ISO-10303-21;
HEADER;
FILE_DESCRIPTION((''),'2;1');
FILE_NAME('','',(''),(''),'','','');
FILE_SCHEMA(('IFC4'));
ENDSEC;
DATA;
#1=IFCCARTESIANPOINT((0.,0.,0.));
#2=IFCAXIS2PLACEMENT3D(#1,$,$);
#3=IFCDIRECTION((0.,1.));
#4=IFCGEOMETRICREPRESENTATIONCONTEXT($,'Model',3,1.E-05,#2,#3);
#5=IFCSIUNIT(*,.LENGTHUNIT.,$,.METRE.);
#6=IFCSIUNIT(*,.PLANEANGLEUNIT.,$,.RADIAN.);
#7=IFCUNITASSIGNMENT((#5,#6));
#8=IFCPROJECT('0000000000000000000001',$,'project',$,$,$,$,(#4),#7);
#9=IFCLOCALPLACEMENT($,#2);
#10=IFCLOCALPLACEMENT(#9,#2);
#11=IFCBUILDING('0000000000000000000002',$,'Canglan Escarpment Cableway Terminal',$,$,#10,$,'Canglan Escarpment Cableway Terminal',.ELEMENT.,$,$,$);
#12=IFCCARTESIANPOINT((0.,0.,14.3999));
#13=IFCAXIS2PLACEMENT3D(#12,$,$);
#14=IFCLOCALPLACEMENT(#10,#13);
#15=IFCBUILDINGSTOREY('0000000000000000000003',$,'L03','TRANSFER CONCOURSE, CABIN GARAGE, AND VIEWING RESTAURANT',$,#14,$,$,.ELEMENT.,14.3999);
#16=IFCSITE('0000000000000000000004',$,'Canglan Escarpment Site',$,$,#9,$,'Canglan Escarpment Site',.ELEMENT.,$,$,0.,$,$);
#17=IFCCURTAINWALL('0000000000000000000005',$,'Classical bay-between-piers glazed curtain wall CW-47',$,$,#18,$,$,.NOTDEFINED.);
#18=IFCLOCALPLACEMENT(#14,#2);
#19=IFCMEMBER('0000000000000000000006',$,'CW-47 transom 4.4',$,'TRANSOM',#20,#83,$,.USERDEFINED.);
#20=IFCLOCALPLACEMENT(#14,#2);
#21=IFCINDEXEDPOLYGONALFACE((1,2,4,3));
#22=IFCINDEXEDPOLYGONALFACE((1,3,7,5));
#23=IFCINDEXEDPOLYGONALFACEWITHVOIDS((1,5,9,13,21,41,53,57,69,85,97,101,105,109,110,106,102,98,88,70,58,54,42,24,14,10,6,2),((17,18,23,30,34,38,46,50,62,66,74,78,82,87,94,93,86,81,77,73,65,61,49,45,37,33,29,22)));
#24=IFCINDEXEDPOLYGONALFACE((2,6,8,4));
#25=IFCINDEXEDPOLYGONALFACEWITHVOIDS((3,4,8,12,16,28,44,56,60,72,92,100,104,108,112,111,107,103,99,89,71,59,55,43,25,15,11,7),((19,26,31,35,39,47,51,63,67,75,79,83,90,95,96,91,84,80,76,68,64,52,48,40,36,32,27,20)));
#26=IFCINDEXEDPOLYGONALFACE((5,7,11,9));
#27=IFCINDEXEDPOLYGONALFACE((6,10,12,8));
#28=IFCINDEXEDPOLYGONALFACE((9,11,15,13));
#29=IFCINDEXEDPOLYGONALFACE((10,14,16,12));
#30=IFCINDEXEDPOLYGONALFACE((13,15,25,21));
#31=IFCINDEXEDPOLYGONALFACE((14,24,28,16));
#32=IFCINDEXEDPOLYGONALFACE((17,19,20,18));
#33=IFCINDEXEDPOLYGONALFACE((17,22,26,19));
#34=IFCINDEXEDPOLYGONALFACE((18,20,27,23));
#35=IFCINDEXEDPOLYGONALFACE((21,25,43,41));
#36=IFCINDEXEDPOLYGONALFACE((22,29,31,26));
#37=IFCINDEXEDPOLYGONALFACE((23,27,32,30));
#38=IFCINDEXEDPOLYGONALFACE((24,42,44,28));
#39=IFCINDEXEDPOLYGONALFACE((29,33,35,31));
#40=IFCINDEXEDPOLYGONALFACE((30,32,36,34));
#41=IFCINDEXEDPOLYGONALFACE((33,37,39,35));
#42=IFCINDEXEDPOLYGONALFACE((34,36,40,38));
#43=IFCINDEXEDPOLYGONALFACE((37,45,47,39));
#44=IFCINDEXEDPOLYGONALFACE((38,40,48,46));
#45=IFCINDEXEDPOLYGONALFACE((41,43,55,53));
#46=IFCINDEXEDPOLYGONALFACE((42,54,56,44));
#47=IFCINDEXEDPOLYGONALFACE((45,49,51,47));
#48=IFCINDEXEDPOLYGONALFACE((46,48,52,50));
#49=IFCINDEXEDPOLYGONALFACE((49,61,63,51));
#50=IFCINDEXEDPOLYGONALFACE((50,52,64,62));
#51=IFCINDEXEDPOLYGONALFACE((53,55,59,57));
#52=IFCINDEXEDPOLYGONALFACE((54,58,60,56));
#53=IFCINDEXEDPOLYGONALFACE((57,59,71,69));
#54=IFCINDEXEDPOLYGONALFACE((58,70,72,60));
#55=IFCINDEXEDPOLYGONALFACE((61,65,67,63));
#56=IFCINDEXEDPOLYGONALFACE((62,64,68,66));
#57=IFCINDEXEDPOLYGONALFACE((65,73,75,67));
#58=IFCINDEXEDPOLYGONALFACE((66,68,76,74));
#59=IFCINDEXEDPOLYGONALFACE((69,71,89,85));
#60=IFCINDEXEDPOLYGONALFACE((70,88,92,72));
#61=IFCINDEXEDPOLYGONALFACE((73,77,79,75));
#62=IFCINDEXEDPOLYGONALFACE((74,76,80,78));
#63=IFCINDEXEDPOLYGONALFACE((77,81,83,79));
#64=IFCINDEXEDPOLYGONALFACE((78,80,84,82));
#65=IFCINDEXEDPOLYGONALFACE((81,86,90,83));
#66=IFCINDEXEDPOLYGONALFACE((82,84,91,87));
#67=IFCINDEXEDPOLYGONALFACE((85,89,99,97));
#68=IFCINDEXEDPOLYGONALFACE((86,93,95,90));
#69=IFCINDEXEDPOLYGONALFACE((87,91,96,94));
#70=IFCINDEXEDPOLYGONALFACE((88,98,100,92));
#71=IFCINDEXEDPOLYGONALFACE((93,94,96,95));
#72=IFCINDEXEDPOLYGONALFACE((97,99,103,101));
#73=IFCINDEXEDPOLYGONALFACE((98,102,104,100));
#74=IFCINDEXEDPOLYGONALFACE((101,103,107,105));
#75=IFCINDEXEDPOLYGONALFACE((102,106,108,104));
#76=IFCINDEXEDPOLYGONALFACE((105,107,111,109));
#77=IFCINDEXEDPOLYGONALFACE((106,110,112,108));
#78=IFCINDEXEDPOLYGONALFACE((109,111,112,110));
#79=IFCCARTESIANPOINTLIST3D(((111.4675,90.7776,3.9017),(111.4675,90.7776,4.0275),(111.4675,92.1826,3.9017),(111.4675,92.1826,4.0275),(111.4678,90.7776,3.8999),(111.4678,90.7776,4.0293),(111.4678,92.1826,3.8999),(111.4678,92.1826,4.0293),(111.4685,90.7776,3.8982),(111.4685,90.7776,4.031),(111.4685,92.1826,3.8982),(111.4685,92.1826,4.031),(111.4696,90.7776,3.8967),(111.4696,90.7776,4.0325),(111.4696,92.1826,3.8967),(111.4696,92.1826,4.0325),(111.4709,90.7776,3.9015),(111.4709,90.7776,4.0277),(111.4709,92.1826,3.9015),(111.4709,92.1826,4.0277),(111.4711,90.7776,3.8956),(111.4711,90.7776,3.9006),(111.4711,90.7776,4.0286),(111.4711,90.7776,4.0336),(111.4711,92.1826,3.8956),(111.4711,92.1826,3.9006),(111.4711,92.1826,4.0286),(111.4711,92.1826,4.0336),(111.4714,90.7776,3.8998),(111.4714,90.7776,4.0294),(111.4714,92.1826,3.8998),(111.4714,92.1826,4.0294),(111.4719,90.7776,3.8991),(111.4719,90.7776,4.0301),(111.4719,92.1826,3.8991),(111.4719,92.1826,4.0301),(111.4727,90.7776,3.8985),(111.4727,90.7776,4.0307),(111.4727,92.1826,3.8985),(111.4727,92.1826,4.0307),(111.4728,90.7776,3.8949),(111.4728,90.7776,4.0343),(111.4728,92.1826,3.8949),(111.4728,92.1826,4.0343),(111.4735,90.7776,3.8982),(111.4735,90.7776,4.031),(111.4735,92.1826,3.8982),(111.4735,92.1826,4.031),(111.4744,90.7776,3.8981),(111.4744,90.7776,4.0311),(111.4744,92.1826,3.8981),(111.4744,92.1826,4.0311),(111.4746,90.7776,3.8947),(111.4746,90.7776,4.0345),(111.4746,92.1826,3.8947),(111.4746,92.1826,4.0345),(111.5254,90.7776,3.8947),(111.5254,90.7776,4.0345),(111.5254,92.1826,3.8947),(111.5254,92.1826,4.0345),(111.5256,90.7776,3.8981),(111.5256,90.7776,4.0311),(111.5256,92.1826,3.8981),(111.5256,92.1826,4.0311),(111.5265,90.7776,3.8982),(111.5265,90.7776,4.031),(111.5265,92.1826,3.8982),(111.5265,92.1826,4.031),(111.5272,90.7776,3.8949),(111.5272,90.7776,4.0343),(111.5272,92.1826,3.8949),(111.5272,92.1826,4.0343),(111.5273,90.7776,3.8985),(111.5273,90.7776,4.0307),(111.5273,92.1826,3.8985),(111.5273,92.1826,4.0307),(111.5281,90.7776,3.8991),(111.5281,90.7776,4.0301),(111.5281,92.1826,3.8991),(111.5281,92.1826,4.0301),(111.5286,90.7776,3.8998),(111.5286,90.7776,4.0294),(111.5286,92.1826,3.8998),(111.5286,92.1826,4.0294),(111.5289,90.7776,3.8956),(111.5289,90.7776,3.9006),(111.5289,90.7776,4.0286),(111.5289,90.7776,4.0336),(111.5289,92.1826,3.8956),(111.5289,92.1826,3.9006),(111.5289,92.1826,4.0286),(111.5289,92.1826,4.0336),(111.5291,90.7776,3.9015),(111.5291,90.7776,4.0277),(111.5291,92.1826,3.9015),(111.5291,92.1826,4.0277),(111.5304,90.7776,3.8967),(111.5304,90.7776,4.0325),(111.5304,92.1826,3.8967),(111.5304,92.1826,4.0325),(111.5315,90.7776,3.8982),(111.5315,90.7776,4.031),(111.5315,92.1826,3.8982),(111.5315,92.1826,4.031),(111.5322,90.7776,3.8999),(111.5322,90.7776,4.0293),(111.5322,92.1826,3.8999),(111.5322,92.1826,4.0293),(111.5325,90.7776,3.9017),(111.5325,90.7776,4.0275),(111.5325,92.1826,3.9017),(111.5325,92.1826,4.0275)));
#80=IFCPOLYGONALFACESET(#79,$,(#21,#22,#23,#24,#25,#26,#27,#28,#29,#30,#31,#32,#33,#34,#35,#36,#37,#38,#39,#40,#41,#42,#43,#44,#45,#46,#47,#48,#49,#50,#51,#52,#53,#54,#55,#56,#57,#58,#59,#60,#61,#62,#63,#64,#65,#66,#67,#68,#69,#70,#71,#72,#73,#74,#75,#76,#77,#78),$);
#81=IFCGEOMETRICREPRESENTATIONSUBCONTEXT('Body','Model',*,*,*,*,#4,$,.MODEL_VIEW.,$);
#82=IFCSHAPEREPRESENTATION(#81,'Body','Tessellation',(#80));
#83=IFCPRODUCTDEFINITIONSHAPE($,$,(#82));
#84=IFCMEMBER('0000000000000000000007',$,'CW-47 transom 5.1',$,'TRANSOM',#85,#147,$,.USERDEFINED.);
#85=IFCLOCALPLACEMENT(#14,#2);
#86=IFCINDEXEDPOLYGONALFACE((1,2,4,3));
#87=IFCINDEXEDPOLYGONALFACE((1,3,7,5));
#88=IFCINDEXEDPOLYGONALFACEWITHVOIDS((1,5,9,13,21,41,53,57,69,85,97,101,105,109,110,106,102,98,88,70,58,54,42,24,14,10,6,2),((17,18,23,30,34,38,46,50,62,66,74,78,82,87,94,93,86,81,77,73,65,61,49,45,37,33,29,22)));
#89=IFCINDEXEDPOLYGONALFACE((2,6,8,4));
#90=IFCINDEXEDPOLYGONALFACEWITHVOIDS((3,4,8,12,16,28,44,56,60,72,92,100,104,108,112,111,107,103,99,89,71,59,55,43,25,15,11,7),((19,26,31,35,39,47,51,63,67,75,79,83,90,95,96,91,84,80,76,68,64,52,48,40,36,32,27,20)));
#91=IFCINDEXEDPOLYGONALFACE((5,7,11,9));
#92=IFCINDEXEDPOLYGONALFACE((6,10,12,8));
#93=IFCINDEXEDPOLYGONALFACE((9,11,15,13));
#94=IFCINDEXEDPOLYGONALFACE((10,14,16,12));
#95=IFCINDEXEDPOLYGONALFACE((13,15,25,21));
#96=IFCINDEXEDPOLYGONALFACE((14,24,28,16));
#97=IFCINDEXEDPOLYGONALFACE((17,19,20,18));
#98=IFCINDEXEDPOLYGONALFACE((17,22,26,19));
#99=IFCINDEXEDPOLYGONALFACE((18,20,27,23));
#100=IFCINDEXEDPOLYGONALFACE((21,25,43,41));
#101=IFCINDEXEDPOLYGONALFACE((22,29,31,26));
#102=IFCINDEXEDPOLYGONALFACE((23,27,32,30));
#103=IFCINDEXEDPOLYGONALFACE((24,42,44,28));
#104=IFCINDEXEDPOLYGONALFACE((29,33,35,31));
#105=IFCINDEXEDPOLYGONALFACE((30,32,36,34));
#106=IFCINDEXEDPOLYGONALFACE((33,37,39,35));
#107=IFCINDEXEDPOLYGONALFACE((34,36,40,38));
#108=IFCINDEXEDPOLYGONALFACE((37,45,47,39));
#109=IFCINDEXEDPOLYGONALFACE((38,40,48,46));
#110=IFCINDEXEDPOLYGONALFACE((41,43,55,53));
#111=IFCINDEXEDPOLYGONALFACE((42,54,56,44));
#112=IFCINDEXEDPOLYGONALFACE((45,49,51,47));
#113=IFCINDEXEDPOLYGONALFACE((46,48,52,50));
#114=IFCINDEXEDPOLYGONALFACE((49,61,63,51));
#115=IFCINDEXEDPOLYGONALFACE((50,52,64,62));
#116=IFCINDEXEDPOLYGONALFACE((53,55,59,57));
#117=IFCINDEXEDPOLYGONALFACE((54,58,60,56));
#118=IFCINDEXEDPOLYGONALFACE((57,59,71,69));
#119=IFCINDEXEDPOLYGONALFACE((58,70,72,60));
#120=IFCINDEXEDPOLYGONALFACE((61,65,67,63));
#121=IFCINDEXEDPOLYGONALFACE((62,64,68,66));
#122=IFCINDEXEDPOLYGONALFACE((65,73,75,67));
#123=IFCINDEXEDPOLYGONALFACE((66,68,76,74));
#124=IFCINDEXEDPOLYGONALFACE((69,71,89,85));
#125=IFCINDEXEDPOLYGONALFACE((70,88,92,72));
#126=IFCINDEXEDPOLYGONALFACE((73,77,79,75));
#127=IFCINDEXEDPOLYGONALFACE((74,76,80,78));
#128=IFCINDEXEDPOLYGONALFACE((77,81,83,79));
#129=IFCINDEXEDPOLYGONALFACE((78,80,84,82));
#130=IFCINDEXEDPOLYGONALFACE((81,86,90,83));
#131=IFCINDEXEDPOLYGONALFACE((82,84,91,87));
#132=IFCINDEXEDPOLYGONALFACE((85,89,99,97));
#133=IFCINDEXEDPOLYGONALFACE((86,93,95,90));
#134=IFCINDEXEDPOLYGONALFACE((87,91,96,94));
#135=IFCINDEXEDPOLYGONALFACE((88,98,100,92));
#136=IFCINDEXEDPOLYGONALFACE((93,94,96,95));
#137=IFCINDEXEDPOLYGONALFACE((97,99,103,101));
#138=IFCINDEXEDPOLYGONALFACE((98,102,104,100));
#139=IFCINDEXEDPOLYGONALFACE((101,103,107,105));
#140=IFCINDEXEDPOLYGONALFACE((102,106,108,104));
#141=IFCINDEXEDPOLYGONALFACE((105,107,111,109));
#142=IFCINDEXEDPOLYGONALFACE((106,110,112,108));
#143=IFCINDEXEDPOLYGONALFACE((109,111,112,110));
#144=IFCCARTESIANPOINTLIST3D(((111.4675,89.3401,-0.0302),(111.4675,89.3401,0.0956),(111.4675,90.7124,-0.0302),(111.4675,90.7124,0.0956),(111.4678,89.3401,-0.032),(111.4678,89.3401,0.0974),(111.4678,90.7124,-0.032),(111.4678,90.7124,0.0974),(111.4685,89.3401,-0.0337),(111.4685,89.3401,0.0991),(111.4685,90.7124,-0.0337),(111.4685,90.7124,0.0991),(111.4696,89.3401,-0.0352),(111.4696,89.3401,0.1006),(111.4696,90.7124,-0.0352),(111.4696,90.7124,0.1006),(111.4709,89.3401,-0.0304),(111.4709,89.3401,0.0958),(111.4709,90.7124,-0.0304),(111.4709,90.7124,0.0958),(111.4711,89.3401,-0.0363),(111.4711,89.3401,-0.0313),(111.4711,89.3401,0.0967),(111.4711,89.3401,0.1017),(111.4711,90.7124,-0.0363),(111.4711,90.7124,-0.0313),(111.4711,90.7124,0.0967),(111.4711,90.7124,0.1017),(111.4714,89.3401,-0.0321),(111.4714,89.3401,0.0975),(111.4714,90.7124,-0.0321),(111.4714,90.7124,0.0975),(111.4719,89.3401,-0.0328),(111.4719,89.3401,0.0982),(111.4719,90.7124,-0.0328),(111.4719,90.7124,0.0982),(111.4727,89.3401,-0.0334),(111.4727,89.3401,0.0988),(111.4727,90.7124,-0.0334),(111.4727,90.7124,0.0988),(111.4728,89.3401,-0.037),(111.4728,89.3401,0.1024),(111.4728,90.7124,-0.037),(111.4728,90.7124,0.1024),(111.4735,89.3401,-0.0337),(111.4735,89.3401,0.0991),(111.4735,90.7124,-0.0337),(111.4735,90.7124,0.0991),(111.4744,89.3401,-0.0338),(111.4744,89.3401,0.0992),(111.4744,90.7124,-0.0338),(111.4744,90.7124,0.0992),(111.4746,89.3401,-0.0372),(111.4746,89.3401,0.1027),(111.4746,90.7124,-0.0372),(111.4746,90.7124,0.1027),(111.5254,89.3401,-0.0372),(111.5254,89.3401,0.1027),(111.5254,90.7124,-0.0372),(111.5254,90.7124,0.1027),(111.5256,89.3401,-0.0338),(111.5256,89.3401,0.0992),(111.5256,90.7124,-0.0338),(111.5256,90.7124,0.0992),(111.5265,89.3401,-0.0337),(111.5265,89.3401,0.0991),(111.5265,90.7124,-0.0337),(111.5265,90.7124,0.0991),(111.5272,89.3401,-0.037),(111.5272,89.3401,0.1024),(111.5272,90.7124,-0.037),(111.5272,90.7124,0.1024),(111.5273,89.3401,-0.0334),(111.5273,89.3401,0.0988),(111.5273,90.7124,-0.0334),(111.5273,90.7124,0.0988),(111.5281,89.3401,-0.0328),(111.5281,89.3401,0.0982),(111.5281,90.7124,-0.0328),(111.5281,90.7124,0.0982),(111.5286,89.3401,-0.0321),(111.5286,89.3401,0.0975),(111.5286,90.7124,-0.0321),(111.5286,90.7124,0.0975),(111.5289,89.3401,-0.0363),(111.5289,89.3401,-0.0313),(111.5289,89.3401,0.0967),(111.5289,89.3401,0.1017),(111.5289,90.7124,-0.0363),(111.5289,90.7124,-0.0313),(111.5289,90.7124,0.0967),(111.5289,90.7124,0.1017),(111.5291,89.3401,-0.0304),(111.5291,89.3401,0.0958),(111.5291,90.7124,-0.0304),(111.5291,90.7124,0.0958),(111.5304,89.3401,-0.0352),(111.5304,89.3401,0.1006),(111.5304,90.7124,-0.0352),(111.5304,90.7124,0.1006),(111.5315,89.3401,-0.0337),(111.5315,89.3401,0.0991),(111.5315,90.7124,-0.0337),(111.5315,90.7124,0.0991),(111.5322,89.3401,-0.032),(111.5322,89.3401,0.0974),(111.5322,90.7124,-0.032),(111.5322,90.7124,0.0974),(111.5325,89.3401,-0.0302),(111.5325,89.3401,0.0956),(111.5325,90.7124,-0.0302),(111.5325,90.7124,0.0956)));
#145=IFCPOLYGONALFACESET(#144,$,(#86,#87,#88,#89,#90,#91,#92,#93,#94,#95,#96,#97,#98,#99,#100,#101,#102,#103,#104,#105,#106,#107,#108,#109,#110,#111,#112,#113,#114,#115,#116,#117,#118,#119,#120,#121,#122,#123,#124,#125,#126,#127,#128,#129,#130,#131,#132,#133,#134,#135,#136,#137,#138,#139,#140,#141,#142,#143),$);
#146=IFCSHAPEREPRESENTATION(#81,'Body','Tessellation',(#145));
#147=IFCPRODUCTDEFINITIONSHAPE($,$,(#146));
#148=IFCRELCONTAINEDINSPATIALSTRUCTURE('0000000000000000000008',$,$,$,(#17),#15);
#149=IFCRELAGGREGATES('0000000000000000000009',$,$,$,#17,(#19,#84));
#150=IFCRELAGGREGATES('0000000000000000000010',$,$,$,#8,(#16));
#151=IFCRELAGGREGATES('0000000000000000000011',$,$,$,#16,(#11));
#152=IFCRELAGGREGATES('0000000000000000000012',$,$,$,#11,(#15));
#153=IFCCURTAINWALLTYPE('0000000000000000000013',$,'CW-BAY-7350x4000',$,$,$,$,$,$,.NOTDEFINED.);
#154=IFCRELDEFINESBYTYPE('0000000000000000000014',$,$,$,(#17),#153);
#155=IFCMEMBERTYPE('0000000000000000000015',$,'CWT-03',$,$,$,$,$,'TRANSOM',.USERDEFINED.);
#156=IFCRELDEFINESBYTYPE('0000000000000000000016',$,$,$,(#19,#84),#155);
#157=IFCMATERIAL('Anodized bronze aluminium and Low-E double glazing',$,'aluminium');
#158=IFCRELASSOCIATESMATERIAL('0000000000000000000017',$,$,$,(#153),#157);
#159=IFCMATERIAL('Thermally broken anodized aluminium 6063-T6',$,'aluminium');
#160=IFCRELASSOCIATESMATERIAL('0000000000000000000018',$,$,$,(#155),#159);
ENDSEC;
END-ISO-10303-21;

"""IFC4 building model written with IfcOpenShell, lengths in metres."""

from ifc_helpers import new_model, si_unit, direction, frame, origin, origin_2d, place, context, subcontext, project, spatial, hollow_rectangle, extrude, material, material_profile, profile_set, type_object, element, aggregate, save


model = new_model("IFC4")

# Units and contexts
model_context = context("Model", 3, precision=1e-05, world=origin(), true_north=direction((0.0, 1.0)))
body_context = subcontext(model_context, "Body", "Model", "MODEL_VIEW")
ifc_project = project(units=[si_unit("LENGTHUNIT", "METRE"), si_unit("PLANEANGLEUNIT", "RADIAN")], contexts=[model_context])

# Site, building, storey
site_placement = place(None, origin())
site = spatial("IfcSite", under=ifc_project, at=site_placement, Name="Canglan Escarpment Site", LongName="Canglan Escarpment Site", CompositionType="ELEMENT", RefElevation=0.0)
building_placement = place(site_placement, origin())
building = spatial("IfcBuilding", under=site, at=building_placement, Name="Canglan Escarpment Cableway Terminal", LongName="Canglan Escarpment Cableway Terminal", CompositionType="ELEMENT")
storey_placement = place(building_placement, frame((0.0, 0.0, 14.3999)))
storey = spatial("IfcBuildingStorey", under=building, at=storey_placement, Name="L03", Description="TRANSFER CONCOURSE, CABIN GARAGE, AND VIEWING RESTAURANT", CompositionType="ELEMENT", Elevation=14.3999)

# Curtain wall, members
ifc_material_1 = material(Name="Anodized bronze aluminium and Low-E double glazing", Category="aluminium")
curtain_wall_type = type_object("IfcCurtainWallType", Name="CW-BAY-7350x4000", PredefinedType="NOTDEFINED", material=ifc_material_1)
curtain_wall_placement = place(storey_placement, origin())
curtain_wall = element("IfcCurtainWall", 1, at=curtain_wall_placement, inside=storey, type_object=curtain_wall_type, Name="Classical bay-between-piers glazed curtain wall CW-47", PredefinedType="NOTDEFINED")
ifc_material_2 = material(Name="Thermally broken anodized aluminium 6063-T6", Category="aluminium")
ifc_material_profile_1 = material_profile(ifc_material_2, hollow_rectangle(XDim=0.0649, YDim=0.1399, WallThickness=0.0034, InnerFilletRadius=0.0034, OuterFilletRadius=0.0071, at=origin_2d()), Name="ALU-TRAN 65x140x3.5")
ifc_profile_set_1 = profile_set([ifc_material_profile_1], Name="Thermally broken anodized aluminium 6063-T6")
member_type_1 = type_object("IfcMemberType", Name="CWT-03", ElementType="TRANSOM", PredefinedType="USERDEFINED", material=ifc_profile_set_1)
member_1_placement = place(storey_placement, frame((111.5, 92.1826, 3.9646), z_axis=(0.0, -1.0, 0.0), x_axis=(1.0, 0.0, 0.0)))
member_1 = element("IfcMember", 2, at=member_1_placement, type_object=member_type_1, Name="CW-47 transom 4.4", ObjectType="TRANSOM", PredefinedType="USERDEFINED", context=body_context, shape_type="SweptSolid", body=[
    extrude(hollow_rectangle(XDim=0.0649, YDim=0.1399, WallThickness=0.0034, InnerFilletRadius=0.0034, OuterFilletRadius=0.0071, at=origin_2d()), origin(), (0.0, 0.0, 1.0), 1.405),
])
member_2_placement = place(storey_placement, frame((111.5, 90.7124, 0.0327), z_axis=(0.0, -1.0, 0.0), x_axis=(1.0, 0.0, 0.0)))
member_2 = element("IfcMember", 3, at=member_2_placement, type_object=member_type_1, Name="CW-47 transom 5.1", ObjectType="TRANSOM", PredefinedType="USERDEFINED", context=body_context, shape_type="SweptSolid", body=[
    extrude(hollow_rectangle(XDim=0.0649, YDim=0.1399, WallThickness=0.0034, InnerFilletRadius=0.0034, OuterFilletRadius=0.0071, at=origin_2d()), origin(), (0.0, 0.0, 1.0), 1.3723),
])
aggregate(curtain_wall, [member_1, member_2])

save(model, "model.ifc")
